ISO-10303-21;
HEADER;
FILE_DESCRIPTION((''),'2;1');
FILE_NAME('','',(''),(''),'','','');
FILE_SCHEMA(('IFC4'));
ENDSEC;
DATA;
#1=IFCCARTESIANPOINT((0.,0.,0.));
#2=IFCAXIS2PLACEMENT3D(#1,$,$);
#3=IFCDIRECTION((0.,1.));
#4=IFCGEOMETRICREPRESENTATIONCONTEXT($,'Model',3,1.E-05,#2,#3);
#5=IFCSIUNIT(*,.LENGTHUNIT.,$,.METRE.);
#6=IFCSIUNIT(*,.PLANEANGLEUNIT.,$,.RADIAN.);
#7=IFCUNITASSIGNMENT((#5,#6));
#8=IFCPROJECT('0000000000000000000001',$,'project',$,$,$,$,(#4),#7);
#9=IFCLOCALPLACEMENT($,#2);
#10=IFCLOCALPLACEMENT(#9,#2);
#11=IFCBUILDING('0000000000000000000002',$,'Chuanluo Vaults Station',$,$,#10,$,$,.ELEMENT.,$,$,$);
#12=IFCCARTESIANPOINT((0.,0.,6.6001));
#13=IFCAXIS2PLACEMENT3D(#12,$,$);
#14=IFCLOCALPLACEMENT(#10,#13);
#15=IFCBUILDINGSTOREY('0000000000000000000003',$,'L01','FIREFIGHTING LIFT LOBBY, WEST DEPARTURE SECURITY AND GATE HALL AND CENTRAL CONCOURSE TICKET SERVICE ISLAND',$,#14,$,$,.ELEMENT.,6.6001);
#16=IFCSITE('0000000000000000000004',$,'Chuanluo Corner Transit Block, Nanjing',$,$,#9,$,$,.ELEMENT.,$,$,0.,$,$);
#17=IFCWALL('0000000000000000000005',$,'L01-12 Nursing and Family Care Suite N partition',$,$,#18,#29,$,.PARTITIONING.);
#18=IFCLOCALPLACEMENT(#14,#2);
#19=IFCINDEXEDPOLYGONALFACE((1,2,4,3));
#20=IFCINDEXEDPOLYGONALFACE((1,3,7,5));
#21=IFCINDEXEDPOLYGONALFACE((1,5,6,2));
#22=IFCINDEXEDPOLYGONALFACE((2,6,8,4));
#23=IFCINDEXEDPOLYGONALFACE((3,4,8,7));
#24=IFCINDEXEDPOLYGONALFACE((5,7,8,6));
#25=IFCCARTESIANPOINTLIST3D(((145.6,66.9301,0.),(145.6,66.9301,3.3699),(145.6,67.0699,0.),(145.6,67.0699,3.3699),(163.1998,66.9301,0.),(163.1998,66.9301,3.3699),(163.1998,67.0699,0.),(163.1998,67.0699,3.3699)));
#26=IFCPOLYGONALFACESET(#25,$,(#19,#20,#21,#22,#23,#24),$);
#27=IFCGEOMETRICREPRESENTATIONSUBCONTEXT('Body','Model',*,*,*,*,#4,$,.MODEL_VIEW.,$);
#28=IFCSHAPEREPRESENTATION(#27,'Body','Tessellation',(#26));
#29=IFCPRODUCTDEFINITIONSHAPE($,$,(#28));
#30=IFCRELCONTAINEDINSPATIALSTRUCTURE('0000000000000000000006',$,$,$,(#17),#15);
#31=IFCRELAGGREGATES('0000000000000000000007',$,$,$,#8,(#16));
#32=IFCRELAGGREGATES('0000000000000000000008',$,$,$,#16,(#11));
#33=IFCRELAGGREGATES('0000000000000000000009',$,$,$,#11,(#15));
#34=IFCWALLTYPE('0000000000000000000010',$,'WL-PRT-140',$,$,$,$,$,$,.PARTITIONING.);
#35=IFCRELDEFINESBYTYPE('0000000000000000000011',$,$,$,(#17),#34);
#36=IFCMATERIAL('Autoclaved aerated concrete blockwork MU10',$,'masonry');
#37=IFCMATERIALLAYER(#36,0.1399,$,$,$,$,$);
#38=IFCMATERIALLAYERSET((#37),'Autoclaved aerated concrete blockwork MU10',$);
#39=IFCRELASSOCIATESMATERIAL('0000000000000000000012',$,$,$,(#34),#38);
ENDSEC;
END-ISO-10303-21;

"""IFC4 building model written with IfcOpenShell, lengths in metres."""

from ifc_helpers import new_model, si_unit, direction, frame, frame_2d, origin, place, context, subcontext, project, spatial, rectangle, extrude, material, layer, layer_set, type_object, element, save


model = new_model("IFC4")

# Units and contexts
model_context = context("Model", 3, precision=1e-05, world=origin(), true_north=direction((0.0, 1.0)))
body_context = subcontext(model_context, "Body", "Model", "MODEL_VIEW")
ifc_project = project(units=[si_unit("LENGTHUNIT", "METRE"), si_unit("PLANEANGLEUNIT", "RADIAN")], contexts=[model_context])

# Site, building, storey
site_placement = place(None, origin())
site = spatial("IfcSite", under=ifc_project, at=site_placement, Name="Chuanluo Corner Transit Block, Nanjing", CompositionType="ELEMENT", RefElevation=0.0)
building_placement = place(site_placement, origin())
building = spatial("IfcBuilding", under=site, at=building_placement, Name="Chuanluo Vaults Station", CompositionType="ELEMENT")
storey_placement = place(building_placement, frame((0.0, 0.0, 6.6001)))
storey = spatial("IfcBuildingStorey", under=building, at=storey_placement, Name="L01", Description="FIREFIGHTING LIFT LOBBY, WEST DEPARTURE SECURITY AND GATE HALL AND CENTRAL CONCOURSE TICKET SERVICE ISLAND", CompositionType="ELEMENT", Elevation=6.6001)

# Wall
ifc_material_1 = material(Name="Autoclaved aerated concrete blockwork MU10", Category="masonry")
ifc_layer_1 = layer(ifc_material_1, 0.1399)
ifc_layer_set_1 = layer_set([ifc_layer_1], Name="Autoclaved aerated concrete blockwork MU10")
wall_type = type_object("IfcWallType", Name="WL-PRT-140", PredefinedType="PARTITIONING", material=ifc_layer_set_1)
wall_placement = place(storey_placement, frame((145.6001, 67.0, 0.0), z_axis=(0.0, 0.0, 1.0), x_axis=(1.0, 0.0, 0.0)))
element("IfcWall", 1, at=wall_placement, inside=storey, type_object=wall_type, Name="L01-12 Nursing and Family Care Suite N partition", PredefinedType="PARTITIONING", context=body_context, shape_type="SweptSolid", body=[
    extrude(rectangle(XDim=17.5999, YDim=0.1399, at=frame_2d((8.7998, 0.0))), origin(), (0.0, 0.0, 1.0), 3.3699),
])

save(model, "model.ifc")
